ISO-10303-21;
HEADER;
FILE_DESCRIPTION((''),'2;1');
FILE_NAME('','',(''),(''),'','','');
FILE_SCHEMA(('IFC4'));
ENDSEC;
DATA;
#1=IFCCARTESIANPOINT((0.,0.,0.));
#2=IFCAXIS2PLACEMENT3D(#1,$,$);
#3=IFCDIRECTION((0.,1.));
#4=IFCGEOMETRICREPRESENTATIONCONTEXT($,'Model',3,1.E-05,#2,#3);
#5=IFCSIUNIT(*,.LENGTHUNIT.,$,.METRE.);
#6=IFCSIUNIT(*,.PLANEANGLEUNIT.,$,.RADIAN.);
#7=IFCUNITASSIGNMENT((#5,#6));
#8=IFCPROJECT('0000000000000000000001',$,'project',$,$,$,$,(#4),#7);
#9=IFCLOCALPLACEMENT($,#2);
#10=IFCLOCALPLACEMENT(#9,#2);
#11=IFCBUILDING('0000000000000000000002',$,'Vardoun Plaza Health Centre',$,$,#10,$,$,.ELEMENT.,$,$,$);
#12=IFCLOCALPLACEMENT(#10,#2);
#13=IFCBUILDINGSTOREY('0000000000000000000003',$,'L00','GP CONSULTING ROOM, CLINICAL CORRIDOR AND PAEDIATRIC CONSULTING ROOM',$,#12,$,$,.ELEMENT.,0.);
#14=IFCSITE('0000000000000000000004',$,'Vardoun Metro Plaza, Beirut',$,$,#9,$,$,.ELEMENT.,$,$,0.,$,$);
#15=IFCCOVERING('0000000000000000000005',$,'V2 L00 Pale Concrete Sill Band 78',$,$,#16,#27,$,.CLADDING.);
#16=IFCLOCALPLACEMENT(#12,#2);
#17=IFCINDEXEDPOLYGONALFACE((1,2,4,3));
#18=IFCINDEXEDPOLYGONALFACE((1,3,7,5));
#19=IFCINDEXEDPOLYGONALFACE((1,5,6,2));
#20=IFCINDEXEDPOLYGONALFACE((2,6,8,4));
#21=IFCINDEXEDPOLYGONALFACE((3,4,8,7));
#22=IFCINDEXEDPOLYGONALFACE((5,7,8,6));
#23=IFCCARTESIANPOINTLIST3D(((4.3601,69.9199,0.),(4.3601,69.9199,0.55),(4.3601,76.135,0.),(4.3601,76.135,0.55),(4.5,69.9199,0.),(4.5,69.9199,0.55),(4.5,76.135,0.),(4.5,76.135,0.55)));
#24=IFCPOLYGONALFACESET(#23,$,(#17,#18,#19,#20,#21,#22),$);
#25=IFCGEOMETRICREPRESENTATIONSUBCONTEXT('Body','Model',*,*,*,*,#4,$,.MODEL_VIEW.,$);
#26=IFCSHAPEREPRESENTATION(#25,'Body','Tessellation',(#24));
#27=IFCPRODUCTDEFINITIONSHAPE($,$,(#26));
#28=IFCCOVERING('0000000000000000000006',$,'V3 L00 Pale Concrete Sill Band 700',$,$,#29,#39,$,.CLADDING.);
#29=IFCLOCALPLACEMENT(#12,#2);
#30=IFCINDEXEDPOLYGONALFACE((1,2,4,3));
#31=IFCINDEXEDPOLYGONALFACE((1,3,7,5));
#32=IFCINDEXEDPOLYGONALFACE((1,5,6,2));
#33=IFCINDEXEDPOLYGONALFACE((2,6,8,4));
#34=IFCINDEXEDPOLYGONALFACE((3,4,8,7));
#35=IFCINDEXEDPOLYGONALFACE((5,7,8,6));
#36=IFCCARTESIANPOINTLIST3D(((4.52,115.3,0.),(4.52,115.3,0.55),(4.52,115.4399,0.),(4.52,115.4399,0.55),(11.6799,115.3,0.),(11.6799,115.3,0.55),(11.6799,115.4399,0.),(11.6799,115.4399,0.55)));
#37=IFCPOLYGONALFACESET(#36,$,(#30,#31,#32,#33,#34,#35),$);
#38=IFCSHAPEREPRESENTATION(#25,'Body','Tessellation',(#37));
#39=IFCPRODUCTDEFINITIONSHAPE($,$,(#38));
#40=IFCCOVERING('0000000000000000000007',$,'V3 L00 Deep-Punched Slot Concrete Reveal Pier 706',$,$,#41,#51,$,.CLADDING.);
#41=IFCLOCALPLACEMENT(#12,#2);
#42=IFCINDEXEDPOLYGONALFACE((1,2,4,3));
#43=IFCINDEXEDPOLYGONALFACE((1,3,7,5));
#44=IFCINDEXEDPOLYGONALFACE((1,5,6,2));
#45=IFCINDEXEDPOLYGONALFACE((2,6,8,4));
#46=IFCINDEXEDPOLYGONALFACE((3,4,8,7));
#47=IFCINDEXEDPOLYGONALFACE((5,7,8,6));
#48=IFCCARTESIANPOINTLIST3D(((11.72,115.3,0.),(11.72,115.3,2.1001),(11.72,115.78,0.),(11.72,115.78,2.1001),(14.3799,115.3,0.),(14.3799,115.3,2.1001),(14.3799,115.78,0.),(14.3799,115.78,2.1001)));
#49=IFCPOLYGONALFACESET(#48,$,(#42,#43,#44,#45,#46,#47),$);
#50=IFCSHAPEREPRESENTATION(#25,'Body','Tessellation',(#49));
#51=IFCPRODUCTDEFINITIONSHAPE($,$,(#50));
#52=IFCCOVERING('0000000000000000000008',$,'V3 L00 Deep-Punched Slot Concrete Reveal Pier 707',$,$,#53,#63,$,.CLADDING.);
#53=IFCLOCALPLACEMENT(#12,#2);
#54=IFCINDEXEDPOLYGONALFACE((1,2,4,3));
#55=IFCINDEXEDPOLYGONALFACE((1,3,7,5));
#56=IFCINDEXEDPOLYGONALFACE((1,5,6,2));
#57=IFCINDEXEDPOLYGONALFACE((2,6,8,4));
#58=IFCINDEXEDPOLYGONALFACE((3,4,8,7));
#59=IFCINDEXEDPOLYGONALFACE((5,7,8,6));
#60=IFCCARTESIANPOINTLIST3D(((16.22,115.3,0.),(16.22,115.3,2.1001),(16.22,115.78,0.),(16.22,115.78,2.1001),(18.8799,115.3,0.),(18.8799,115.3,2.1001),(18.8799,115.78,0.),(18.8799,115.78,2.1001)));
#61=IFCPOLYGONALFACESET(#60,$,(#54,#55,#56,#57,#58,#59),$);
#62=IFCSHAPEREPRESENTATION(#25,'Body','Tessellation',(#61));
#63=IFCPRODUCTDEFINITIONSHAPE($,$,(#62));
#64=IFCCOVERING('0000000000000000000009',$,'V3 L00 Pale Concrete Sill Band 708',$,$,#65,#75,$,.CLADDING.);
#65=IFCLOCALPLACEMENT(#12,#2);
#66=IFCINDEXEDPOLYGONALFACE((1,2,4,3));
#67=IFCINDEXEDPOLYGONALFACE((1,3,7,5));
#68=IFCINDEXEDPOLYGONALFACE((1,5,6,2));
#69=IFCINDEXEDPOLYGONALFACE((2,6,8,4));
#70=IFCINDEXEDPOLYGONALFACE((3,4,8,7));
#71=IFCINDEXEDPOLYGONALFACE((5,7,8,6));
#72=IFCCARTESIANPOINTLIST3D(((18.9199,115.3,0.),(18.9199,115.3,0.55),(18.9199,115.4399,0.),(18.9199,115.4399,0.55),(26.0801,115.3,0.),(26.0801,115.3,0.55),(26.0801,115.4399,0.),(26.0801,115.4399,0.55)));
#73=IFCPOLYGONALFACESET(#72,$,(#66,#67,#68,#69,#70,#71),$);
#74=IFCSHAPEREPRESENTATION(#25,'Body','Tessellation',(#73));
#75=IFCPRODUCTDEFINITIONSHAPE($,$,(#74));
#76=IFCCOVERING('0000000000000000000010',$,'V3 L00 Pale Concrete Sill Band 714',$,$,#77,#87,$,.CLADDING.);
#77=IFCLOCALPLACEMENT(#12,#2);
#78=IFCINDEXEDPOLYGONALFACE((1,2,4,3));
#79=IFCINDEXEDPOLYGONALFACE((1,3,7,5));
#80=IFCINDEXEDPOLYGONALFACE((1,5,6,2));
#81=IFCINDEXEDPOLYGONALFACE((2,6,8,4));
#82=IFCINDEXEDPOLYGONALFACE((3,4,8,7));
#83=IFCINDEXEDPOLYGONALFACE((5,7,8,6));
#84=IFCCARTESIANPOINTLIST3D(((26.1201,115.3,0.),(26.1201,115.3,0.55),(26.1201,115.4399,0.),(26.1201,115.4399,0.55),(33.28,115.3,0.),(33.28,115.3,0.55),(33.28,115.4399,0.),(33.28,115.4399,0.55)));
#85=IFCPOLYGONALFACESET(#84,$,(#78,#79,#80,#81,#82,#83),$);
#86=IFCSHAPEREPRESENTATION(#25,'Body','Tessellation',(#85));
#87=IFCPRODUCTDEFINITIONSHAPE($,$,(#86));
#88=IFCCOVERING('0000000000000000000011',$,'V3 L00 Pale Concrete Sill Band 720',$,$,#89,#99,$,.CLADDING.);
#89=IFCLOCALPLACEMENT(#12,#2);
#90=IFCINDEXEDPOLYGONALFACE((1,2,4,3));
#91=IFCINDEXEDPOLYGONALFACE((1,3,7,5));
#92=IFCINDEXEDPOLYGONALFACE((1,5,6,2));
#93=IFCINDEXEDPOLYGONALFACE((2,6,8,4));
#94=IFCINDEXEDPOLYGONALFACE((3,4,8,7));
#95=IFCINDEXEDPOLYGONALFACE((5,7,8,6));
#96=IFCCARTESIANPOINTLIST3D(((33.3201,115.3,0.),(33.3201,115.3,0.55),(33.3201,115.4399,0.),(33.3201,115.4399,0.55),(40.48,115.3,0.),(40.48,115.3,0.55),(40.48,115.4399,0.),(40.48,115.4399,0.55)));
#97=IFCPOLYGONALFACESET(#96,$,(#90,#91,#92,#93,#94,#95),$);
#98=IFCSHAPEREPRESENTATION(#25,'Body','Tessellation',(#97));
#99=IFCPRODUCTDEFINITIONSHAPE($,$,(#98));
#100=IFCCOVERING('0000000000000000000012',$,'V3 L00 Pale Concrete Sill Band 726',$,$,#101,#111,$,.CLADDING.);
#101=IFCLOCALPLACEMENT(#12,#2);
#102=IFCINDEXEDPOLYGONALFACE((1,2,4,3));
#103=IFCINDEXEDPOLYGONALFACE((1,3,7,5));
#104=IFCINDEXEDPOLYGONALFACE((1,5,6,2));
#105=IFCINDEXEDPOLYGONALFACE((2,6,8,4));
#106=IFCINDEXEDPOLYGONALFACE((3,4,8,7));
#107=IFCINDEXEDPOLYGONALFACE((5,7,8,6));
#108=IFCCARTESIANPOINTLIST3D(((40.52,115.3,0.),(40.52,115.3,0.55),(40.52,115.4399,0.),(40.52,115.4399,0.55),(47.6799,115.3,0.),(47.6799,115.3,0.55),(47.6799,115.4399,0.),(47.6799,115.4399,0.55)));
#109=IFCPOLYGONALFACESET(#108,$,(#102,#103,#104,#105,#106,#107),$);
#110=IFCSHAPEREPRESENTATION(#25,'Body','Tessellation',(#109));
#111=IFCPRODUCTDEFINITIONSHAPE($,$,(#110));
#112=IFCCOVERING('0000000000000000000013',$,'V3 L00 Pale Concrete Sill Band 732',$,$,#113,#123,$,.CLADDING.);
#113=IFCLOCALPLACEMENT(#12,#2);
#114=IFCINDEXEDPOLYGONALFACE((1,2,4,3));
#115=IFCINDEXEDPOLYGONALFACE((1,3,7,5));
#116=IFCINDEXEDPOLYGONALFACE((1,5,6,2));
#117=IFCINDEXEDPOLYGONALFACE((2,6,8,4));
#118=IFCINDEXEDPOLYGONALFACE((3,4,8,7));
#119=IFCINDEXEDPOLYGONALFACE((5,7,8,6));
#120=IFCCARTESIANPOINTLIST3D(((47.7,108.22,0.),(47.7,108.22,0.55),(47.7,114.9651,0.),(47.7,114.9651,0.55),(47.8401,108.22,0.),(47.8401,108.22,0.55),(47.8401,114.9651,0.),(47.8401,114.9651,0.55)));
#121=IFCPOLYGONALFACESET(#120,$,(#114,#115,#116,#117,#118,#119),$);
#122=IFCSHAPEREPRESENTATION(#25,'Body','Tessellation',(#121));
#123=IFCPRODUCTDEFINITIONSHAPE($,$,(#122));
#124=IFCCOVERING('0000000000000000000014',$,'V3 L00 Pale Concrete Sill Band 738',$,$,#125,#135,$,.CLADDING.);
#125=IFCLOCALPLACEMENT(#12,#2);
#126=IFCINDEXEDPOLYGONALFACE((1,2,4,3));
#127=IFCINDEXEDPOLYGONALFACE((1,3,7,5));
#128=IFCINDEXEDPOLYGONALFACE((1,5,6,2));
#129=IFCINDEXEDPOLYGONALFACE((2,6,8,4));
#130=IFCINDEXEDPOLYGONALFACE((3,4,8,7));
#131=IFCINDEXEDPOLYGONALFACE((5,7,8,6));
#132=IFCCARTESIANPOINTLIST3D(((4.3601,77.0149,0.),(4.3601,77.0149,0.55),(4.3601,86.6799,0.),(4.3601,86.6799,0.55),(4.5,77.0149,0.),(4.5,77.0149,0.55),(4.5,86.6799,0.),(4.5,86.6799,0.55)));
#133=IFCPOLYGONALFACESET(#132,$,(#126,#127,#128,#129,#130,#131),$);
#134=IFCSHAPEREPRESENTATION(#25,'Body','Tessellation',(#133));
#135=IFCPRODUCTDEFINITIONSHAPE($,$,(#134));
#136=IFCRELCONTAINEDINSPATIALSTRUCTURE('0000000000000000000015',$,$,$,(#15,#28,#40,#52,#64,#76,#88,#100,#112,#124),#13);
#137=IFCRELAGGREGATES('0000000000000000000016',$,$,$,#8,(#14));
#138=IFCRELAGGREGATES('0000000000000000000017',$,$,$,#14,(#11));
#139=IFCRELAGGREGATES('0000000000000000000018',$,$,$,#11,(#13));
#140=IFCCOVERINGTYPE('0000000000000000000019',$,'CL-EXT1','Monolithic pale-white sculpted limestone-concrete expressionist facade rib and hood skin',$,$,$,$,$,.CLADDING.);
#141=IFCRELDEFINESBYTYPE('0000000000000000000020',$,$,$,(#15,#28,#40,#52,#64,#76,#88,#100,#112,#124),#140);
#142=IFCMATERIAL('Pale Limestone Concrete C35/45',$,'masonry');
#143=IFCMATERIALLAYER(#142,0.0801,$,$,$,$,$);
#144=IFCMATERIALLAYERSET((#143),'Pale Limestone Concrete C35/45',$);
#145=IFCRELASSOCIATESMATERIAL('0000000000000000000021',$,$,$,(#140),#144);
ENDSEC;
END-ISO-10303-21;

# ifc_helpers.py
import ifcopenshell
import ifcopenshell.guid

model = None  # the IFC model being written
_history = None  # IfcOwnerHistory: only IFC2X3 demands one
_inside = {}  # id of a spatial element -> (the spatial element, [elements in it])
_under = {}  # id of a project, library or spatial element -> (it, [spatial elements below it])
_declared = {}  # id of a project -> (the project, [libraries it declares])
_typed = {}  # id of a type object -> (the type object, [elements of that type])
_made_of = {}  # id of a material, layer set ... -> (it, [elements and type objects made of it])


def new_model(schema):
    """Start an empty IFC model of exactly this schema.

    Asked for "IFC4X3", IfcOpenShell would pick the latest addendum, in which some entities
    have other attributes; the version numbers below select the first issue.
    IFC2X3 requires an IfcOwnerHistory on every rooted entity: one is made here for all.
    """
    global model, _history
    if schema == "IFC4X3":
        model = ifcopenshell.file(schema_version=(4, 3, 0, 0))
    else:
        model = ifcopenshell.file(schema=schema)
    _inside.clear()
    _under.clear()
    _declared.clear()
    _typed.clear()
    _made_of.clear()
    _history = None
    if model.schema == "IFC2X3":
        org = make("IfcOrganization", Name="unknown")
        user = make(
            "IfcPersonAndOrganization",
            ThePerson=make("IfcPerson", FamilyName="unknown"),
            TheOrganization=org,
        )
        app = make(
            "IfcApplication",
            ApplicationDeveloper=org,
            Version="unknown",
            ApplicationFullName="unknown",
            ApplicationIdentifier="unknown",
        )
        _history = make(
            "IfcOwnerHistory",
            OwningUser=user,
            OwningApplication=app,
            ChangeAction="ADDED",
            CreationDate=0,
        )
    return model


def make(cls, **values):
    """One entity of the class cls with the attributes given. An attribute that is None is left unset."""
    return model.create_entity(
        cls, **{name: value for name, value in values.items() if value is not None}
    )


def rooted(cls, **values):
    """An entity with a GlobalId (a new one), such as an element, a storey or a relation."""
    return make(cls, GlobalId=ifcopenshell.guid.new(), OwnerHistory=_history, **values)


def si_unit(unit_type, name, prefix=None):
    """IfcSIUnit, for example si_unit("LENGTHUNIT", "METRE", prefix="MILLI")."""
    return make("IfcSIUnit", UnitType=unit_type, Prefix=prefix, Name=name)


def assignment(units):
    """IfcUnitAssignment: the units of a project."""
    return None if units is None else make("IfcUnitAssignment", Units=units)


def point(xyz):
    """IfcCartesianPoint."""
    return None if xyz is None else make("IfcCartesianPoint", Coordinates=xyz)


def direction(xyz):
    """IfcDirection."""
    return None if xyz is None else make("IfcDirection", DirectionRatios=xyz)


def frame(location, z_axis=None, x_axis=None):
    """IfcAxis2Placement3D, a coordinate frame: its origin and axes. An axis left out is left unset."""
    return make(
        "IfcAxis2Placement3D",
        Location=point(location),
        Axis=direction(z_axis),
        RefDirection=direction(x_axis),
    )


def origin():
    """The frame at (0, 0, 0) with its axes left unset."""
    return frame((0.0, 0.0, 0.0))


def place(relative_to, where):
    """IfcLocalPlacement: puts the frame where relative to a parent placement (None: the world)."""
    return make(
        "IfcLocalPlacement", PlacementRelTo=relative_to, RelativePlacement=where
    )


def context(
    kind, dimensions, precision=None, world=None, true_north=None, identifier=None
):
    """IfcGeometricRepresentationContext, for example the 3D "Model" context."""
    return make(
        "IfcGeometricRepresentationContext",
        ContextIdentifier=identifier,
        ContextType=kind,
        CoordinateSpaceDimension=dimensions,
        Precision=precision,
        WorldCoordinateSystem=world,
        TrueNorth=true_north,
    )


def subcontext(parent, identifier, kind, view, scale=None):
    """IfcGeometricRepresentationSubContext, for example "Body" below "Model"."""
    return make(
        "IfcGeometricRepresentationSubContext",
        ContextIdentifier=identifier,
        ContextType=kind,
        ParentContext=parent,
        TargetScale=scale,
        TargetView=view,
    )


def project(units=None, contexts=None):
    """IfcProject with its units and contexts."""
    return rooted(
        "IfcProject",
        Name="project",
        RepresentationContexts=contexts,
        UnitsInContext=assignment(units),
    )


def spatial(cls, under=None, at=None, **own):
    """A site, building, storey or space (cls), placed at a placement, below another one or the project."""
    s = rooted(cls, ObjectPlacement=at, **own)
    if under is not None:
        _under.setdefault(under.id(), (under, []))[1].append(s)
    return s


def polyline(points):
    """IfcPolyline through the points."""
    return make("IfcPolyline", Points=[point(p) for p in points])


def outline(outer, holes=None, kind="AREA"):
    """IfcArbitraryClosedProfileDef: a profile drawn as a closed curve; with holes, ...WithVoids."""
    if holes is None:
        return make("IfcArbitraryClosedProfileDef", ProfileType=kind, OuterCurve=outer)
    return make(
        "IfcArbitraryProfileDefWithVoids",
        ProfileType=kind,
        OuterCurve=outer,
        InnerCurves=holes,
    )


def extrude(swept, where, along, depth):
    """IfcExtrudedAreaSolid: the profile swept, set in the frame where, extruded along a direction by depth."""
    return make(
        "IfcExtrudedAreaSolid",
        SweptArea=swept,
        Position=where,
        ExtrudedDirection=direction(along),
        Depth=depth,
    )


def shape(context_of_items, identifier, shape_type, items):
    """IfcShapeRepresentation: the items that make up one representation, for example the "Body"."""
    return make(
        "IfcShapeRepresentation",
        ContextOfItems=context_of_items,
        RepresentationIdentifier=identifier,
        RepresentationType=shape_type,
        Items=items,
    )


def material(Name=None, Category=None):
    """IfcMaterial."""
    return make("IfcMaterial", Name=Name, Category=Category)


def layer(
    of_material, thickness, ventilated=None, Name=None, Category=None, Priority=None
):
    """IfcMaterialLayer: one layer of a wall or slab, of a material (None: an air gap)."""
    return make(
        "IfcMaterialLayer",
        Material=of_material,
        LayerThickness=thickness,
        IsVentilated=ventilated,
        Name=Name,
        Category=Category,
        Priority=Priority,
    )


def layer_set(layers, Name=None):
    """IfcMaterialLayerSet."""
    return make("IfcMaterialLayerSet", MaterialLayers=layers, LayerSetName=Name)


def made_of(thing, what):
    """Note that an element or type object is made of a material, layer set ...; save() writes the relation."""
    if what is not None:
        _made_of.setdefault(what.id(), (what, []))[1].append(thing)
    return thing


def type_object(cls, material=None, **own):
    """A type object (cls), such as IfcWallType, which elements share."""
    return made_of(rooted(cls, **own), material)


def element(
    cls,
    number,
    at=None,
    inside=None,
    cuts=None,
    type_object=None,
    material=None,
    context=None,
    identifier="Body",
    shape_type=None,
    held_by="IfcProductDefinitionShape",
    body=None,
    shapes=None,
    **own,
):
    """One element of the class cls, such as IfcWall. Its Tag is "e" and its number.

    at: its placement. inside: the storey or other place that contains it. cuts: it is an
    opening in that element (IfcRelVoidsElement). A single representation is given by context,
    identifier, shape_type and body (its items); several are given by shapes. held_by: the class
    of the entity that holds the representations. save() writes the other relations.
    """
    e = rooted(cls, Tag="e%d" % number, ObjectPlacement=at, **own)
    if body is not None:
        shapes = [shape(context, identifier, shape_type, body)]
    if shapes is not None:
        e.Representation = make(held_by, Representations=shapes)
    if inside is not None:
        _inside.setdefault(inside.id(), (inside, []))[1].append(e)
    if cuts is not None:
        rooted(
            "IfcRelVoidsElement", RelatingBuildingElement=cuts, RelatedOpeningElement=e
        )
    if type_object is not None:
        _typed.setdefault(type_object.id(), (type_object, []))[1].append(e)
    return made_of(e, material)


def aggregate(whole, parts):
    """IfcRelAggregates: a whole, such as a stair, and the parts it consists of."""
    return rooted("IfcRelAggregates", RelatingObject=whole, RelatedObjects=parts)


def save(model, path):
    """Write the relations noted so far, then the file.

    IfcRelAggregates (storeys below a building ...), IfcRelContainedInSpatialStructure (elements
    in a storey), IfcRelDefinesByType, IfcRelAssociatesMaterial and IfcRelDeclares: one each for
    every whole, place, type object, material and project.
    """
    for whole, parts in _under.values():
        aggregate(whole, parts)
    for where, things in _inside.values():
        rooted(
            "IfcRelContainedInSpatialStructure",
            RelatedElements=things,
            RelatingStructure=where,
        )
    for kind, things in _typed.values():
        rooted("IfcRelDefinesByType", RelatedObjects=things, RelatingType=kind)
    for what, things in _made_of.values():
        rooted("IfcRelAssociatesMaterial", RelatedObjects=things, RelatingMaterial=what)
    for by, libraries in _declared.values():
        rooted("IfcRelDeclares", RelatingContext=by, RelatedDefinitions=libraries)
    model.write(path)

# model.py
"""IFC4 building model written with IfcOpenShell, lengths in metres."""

from ifc_helpers import new_model, si_unit, direction, origin, place, context, subcontext, project, spatial, polyline, outline, extrude, material, layer, layer_set, type_object, element, save


model = new_model("IFC4")

# Units and contexts
model_context = context("Model", 3, precision=1e-05, world=origin(), true_north=direction((0.0, 1.0)))
body_context = subcontext(model_context, "Body", "Model", "MODEL_VIEW")
ifc_project = project(units=[si_unit("LENGTHUNIT", "METRE"), si_unit("PLANEANGLEUNIT", "RADIAN")], contexts=[model_context])

# Site, building, storey
site_placement = place(None, origin())
site = spatial("IfcSite", under=ifc_project, at=site_placement, Name="Vardoun Metro Plaza, Beirut", CompositionType="ELEMENT", RefElevation=0.0)
building_placement = place(site_placement, origin())
building = spatial("IfcBuilding", under=site, at=building_placement, Name="Vardoun Plaza Health Centre", CompositionType="ELEMENT")
storey_placement = place(building_placement, origin())
storey = spatial("IfcBuildingStorey", under=building, at=storey_placement, Name="L00", Description="GP CONSULTING ROOM, CLINICAL CORRIDOR AND PAEDIATRIC CONSULTING ROOM", CompositionType="ELEMENT", Elevation=0.0)

# Coverings
ifc_material_1 = material(Name="Pale Limestone Concrete C35/45", Category="masonry")
ifc_layer_1 = layer(ifc_material_1, 0.0801)
ifc_layer_set_1 = layer_set([ifc_layer_1], Name="Pale Limestone Concrete C35/45")
covering_type = type_object("IfcCoveringType", Name="CL-EXT1", Description="Monolithic pale-white sculpted limestone-concrete expressionist facade rib and hood skin", PredefinedType="CLADDING", material=ifc_layer_set_1)
covering_1_placement = place(storey_placement, origin())
element("IfcCovering", 1, at=covering_1_placement, inside=storey, type_object=covering_type, Name="V2 L00 Pale Concrete Sill Band 78", PredefinedType="CLADDING", context=body_context, shape_type="SweptSolid", body=[
    extrude(outline(polyline([(4.5, 69.9199), (4.5, 76.135), (4.3601, 76.135), (4.3601, 69.9199), (4.5, 69.9199)])), origin(), (0.0, 0.0, 1.0), 0.55),
])
covering_2_placement = place(storey_placement, origin())
element("IfcCovering", 2, at=covering_2_placement, inside=storey, type_object=covering_type, Name="V3 L00 Pale Concrete Sill Band 700", PredefinedType="CLADDING", context=body_context, shape_type="SweptSolid", body=[
    extrude(outline(polyline([(4.52, 115.3), (11.6799, 115.3), (11.6799, 115.4399), (4.52, 115.4399), (4.52, 115.3)])), origin(), (0.0, 0.0, 1.0), 0.55),
])
covering_3_placement = place(storey_placement, origin())
element("IfcCovering", 3, at=covering_3_placement, inside=storey, type_object=covering_type, Name="V3 L00 Deep-Punched Slot Concrete Reveal Pier 706", PredefinedType="CLADDING", context=body_context, shape_type="SweptSolid", body=[
    extrude(outline(polyline([(11.72, 115.3), (14.3799, 115.3), (14.3799, 115.78), (11.72, 115.78), (11.72, 115.3)])), origin(), (0.0, 0.0, 1.0), 2.1001),
])
covering_4_placement = place(storey_placement, origin())
element("IfcCovering", 4, at=covering_4_placement, inside=storey, type_object=covering_type, Name="V3 L00 Deep-Punched Slot Concrete Reveal Pier 707", PredefinedType="CLADDING", context=body_context, shape_type="SweptSolid", body=[
    extrude(outline(polyline([(16.22, 115.3), (18.8799, 115.3), (18.8799, 115.78), (16.22, 115.78), (16.22, 115.3)])), origin(), (0.0, 0.0, 1.0), 2.1001),
])
covering_5_placement = place(storey_placement, origin())
element("IfcCovering", 5, at=covering_5_placement, inside=storey, type_object=covering_type, Name="V3 L00 Pale Concrete Sill Band 708", PredefinedType="CLADDING", context=body_context, shape_type="SweptSolid", body=[
    extrude(outline(polyline([(18.9199, 115.3), (26.0801, 115.3), (26.0801, 115.4399), (18.9199, 115.4399), (18.9199, 115.3)])), origin(), (0.0, 0.0, 1.0), 0.55),
])
covering_6_placement = place(storey_placement, origin())
element("IfcCovering", 6, at=covering_6_placement, inside=storey, type_object=covering_type, Name="V3 L00 Pale Concrete Sill Band 714", PredefinedType="CLADDING", context=body_context, shape_type="SweptSolid", body=[
    extrude(outline(polyline([(26.1201, 115.3), (33.28, 115.3), (33.28, 115.4399), (26.1201, 115.4399), (26.1201, 115.3)])), origin(), (0.0, 0.0, 1.0), 0.55),
])
covering_7_placement = place(storey_placement, origin())
element("IfcCovering", 7, at=covering_7_placement, inside=storey, type_object=covering_type, Name="V3 L00 Pale Concrete Sill Band 720", PredefinedType="CLADDING", context=body_context, shape_type="SweptSolid", body=[
    extrude(outline(polyline([(33.3201, 115.3), (40.48, 115.3), (40.48, 115.4399), (33.3201, 115.4399), (33.3201, 115.3)])), origin(), (0.0, 0.0, 1.0), 0.55),
])
covering_8_placement = place(storey_placement, origin())
element("IfcCovering", 8, at=covering_8_placement, inside=storey, type_object=covering_type, Name="V3 L00 Pale Concrete Sill Band 726", PredefinedType="CLADDING", context=body_context, shape_type="SweptSolid", body=[
    extrude(outline(polyline([(40.52, 115.3), (47.6799, 115.3), (47.6799, 115.4399), (40.52, 115.4399), (40.52, 115.3)])), origin(), (0.0, 0.0, 1.0), 0.55),
])
covering_9_placement = place(storey_placement, origin())
element("IfcCovering", 9, at=covering_9_placement, inside=storey, type_object=covering_type, Name="V3 L00 Pale Concrete Sill Band 732", PredefinedType="CLADDING", context=body_context, shape_type="SweptSolid", body=[
    extrude(outline(polyline([(47.7, 114.9651), (47.7, 108.22), (47.8401, 108.22), (47.8401, 114.9651), (47.7, 114.9651)])), origin(), (0.0, 0.0, 1.0), 0.55),
])
covering_10_placement = place(storey_placement, origin())
element("IfcCovering", 10, at=covering_10_placement, inside=storey, type_object=covering_type, Name="V3 L00 Pale Concrete Sill Band 738", PredefinedType="CLADDING", context=body_context, shape_type="SweptSolid", body=[
    extrude(outline(polyline([(4.5, 77.0149), (4.5, 86.6799), (4.3601, 86.6799), (4.3601, 77.0149), (4.5, 77.0149)])), origin(), (0.0, 0.0, 1.0), 0.55),
])

save(model, "model.ifc")
